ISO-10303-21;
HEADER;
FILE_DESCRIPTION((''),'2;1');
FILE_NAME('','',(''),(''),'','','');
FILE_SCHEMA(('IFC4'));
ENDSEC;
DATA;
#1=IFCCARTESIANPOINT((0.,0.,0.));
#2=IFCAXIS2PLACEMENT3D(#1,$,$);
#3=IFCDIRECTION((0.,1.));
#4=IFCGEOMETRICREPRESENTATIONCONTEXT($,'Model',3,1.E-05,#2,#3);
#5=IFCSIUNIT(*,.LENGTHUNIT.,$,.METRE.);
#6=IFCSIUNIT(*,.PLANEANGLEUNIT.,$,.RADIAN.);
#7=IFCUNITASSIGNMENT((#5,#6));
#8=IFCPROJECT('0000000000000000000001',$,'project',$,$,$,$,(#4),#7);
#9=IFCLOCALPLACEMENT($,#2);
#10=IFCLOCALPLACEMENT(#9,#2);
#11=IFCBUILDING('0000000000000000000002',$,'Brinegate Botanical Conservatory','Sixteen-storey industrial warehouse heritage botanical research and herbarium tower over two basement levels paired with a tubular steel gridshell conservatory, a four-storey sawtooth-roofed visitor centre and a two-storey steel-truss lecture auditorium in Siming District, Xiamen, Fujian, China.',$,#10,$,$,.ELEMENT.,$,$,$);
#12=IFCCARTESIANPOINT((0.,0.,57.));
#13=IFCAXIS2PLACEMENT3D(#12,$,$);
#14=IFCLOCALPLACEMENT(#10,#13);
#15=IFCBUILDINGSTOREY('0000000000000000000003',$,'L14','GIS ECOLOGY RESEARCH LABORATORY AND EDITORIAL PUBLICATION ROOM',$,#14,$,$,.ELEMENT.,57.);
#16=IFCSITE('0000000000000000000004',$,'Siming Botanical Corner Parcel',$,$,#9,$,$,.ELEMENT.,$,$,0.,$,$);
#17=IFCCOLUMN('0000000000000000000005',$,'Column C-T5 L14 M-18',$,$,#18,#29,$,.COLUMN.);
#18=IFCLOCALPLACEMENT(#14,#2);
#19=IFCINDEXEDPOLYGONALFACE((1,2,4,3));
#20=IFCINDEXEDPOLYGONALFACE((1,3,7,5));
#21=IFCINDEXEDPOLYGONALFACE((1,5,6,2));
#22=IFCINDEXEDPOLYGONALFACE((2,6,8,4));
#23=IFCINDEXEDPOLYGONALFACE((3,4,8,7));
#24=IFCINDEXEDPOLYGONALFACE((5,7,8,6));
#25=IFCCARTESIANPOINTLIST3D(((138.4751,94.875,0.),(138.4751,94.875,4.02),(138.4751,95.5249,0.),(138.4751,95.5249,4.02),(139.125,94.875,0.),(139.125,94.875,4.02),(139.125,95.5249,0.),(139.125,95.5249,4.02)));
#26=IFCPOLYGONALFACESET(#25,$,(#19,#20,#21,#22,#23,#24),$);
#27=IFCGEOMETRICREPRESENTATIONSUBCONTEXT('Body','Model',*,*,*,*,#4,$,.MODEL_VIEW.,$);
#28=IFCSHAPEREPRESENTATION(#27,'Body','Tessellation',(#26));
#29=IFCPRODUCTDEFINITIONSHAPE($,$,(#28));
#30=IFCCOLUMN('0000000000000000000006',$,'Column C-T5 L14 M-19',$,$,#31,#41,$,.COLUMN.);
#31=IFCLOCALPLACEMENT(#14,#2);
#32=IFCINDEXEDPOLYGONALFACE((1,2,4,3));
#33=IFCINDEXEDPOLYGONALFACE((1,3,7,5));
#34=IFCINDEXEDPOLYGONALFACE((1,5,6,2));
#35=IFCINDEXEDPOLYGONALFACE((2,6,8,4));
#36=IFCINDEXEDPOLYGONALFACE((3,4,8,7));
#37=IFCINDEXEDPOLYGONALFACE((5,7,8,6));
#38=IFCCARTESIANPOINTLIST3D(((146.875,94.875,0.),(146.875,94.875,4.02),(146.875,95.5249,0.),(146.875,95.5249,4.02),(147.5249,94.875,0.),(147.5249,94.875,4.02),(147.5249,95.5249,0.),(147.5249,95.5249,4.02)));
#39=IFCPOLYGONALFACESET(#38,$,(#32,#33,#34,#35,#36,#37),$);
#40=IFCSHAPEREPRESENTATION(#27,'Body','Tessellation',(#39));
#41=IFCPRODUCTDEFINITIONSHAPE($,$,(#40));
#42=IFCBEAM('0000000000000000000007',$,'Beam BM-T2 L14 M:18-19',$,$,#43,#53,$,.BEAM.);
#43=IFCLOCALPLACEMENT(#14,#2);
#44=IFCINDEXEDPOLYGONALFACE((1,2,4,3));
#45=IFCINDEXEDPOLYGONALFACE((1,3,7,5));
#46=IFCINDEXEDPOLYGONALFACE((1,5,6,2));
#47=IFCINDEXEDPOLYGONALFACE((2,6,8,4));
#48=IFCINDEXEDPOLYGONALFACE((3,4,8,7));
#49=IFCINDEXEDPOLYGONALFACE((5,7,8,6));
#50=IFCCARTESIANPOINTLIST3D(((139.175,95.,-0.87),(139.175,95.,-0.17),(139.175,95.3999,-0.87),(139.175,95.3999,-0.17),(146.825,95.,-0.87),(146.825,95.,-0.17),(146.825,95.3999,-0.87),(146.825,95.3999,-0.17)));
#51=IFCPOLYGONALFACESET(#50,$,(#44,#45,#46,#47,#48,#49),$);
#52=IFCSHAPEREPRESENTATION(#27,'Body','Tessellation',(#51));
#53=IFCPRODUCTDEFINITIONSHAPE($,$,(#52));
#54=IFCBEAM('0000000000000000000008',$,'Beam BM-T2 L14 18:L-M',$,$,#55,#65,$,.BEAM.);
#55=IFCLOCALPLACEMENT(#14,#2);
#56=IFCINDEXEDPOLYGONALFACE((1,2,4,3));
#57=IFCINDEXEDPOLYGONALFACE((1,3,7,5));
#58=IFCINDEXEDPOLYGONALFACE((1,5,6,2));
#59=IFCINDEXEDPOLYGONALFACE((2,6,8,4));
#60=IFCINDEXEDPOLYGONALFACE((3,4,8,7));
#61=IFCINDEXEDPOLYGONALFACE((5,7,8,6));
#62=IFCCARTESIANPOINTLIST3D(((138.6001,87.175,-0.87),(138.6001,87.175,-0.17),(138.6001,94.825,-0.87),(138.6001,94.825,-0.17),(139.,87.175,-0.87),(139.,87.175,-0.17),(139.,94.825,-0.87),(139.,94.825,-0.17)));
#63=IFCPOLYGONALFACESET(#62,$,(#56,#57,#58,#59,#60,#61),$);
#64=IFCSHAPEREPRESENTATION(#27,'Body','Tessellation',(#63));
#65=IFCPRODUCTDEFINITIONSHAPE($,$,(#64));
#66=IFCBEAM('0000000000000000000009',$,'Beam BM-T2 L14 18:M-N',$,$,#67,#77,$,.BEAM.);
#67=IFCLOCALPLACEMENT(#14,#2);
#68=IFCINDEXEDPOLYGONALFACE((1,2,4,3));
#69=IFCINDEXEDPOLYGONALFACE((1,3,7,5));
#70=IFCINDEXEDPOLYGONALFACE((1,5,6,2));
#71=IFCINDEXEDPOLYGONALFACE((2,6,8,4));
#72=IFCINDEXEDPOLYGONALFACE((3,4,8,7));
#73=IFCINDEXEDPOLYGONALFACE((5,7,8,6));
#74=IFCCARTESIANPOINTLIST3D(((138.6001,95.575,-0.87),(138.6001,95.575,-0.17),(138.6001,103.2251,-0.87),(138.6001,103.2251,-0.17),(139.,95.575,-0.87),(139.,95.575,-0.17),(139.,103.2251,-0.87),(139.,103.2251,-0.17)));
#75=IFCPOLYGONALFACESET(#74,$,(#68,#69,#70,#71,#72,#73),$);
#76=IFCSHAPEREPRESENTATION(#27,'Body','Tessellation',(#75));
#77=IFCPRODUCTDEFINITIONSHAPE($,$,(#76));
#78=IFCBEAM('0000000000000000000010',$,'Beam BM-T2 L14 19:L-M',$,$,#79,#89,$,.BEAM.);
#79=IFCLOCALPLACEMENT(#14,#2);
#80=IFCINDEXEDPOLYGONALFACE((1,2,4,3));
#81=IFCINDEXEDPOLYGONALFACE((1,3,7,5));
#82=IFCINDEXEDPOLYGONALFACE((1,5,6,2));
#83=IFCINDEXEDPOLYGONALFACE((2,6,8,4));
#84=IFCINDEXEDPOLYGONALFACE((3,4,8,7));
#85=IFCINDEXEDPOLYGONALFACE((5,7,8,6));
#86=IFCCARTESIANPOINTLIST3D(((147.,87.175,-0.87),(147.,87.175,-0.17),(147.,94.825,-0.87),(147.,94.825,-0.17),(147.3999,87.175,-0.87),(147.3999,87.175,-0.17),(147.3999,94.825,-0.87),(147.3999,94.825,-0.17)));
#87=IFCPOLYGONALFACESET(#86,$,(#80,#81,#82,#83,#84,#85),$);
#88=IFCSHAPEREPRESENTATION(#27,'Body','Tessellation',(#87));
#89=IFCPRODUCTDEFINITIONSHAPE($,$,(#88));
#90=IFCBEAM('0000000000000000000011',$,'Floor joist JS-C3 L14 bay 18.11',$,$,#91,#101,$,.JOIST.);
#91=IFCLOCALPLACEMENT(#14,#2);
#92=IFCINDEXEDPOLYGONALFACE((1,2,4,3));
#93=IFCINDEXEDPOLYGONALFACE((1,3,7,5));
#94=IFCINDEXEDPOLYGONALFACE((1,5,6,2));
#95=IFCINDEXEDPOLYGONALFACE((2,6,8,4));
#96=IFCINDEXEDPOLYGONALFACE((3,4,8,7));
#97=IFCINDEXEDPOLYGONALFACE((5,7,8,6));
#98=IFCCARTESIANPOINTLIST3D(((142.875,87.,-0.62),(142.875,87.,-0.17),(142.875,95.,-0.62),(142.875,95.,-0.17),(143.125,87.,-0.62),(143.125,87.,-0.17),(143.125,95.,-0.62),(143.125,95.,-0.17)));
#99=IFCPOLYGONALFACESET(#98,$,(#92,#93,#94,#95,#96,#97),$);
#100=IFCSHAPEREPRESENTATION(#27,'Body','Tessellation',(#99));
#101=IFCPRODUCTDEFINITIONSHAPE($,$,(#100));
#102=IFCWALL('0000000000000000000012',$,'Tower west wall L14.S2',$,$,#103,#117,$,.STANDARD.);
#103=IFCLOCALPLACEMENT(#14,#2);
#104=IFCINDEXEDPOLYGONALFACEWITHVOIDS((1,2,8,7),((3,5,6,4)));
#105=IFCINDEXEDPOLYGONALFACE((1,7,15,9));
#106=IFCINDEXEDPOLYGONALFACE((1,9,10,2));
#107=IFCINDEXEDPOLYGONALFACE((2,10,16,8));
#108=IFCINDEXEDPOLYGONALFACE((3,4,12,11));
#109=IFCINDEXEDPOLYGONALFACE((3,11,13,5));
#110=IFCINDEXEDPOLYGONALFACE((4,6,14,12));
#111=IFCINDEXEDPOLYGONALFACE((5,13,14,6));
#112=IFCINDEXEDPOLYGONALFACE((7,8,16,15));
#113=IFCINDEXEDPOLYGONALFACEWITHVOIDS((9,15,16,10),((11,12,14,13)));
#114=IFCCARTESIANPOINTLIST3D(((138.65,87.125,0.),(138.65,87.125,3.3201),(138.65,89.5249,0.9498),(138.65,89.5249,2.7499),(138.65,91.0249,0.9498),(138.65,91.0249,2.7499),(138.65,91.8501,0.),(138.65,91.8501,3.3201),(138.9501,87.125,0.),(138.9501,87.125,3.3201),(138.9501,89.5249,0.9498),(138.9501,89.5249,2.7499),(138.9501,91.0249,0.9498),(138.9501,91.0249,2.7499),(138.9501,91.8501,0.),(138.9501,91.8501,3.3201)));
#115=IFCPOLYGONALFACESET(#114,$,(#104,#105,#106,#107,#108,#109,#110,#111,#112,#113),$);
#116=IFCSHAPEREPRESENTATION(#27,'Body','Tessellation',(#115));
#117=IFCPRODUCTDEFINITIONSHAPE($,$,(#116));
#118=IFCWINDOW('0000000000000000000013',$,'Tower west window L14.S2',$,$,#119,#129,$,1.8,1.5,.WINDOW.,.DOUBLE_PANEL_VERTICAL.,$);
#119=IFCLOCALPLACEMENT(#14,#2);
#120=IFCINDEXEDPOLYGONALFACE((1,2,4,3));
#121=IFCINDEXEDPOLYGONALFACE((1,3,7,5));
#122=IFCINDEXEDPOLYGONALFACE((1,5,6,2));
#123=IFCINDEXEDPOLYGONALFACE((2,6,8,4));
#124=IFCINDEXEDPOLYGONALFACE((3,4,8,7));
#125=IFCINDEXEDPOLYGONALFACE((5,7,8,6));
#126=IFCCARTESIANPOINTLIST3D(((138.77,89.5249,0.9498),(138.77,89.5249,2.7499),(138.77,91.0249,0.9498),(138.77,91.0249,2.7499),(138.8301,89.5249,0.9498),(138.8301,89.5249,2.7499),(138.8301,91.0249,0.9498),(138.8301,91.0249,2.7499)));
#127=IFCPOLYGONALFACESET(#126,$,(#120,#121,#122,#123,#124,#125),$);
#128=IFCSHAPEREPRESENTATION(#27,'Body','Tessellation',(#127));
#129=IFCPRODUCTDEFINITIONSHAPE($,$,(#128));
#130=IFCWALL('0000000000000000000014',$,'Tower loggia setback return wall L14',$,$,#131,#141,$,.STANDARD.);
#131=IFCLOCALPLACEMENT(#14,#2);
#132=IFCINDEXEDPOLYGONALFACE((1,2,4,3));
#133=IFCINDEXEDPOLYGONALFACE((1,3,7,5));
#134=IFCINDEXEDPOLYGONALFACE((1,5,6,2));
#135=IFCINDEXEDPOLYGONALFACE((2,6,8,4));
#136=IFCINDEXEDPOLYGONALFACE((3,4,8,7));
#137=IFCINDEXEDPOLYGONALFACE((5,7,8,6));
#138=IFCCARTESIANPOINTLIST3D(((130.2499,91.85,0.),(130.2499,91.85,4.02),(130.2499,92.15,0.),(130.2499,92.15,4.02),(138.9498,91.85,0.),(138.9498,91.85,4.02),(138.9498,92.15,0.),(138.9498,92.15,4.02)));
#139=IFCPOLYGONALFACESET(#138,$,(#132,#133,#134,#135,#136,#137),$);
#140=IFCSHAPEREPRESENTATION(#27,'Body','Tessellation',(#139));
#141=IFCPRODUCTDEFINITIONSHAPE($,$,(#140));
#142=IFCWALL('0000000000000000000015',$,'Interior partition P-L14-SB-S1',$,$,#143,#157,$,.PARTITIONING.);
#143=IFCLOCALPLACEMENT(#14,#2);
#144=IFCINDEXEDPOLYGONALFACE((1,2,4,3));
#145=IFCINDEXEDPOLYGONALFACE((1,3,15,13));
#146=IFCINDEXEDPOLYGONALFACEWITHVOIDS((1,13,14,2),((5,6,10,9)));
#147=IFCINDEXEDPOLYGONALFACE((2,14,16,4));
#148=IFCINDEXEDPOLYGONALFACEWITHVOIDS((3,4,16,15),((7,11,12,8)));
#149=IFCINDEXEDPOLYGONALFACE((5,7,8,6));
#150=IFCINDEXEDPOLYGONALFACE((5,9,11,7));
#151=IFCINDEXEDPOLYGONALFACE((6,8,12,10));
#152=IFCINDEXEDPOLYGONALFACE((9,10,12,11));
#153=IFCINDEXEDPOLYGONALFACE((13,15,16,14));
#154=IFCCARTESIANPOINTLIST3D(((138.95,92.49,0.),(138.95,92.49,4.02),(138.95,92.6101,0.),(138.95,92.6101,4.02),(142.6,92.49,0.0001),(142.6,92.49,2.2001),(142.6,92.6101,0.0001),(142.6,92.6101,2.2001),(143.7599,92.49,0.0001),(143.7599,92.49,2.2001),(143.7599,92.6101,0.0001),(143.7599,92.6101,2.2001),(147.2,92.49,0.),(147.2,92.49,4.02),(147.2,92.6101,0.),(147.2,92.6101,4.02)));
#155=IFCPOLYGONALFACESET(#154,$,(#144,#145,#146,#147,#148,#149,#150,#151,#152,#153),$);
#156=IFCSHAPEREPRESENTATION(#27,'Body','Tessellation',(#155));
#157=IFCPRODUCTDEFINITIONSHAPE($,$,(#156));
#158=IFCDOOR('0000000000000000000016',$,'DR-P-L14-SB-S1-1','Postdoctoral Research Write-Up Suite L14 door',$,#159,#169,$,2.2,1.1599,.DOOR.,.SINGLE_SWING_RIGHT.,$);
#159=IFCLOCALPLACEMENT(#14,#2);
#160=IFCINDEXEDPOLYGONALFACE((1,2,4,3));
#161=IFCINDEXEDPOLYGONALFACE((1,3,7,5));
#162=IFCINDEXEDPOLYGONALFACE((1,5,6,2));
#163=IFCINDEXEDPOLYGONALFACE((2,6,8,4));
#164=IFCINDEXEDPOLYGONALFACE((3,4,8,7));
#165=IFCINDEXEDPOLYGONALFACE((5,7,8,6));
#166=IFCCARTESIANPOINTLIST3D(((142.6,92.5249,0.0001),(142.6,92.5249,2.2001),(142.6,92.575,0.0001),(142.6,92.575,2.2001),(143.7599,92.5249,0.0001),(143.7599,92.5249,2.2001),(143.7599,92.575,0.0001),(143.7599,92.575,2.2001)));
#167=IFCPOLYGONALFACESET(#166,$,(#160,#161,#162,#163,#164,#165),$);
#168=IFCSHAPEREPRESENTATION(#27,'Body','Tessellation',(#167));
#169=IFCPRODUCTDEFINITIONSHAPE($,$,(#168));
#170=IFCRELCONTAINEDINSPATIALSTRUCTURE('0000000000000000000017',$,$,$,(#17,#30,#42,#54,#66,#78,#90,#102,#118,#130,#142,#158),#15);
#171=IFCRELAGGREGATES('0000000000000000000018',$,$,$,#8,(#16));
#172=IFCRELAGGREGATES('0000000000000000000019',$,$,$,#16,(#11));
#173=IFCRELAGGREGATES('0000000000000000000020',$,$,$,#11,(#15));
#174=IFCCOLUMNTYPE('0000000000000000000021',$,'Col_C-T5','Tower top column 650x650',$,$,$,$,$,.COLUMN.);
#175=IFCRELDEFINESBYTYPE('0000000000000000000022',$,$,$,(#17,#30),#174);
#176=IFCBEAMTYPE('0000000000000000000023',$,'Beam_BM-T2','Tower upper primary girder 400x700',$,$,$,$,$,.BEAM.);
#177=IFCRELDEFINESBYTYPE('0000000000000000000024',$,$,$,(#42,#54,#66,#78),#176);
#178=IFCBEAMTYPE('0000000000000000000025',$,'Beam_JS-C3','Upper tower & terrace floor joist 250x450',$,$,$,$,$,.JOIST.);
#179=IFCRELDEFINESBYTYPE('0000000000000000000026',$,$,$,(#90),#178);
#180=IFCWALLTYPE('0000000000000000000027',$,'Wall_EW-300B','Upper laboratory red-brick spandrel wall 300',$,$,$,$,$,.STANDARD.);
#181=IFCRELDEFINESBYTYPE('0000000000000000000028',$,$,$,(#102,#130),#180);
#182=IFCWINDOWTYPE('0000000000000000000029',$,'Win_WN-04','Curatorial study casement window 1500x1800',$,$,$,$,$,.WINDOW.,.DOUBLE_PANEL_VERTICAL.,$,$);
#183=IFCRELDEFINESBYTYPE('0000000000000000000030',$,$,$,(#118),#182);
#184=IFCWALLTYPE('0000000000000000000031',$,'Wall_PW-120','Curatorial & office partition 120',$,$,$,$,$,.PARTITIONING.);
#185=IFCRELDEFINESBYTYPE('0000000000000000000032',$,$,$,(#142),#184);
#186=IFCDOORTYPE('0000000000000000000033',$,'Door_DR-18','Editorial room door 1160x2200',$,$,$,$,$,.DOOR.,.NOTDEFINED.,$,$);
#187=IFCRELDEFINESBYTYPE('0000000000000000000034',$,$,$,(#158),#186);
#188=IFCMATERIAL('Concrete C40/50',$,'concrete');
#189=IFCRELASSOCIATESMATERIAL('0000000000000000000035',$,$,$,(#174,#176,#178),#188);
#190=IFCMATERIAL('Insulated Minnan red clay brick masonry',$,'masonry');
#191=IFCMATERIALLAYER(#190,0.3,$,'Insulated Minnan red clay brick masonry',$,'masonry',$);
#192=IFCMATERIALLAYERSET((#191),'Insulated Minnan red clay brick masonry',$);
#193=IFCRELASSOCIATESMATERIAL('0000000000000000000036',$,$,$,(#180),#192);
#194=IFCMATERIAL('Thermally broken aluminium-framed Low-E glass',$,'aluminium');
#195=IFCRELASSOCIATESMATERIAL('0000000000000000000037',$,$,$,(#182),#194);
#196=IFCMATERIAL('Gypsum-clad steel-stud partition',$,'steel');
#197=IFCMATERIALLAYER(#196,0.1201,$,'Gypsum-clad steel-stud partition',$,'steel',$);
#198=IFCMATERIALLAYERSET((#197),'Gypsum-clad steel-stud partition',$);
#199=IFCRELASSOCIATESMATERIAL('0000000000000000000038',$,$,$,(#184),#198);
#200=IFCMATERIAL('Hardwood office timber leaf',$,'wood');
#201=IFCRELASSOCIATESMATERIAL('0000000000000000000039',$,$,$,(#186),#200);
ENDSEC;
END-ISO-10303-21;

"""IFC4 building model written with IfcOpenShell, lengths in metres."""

from ifc_helpers import new_model, si_unit, direction, frame, frame_2d, origin, origin_2d, place, context, subcontext, project, spatial, rectangle, extrude, material, layer, layer_set, material_profile, profile_set, type_object, element, fill, save


model = new_model("IFC4")

# Units and contexts
model_context = context("Model", 3, precision=1e-05, world=origin(), true_north=direction((0.0, 1.0)))
body_context = subcontext(model_context, "Body", "Model", "MODEL_VIEW")
ifc_project = project(units=[si_unit("LENGTHUNIT", "METRE"), si_unit("PLANEANGLEUNIT", "RADIAN")], contexts=[model_context])

# Site, building, storey
site_placement = place(None, origin())
site = spatial("IfcSite", under=ifc_project, at=site_placement, Name="Siming Botanical Corner Parcel", CompositionType="ELEMENT", RefElevation=0.0)
building_placement = place(site_placement, origin())
building = spatial("IfcBuilding", under=site, at=building_placement, Name="Brinegate Botanical Conservatory", Description="Sixteen-storey industrial warehouse heritage botanical research and herbarium tower over two basement levels paired with a tubular steel gridshell conservatory, a four-storey sawtooth-roofed visitor centre and a two-storey steel-truss lecture auditorium in Siming District, Xiamen, Fujian, China.", CompositionType="ELEMENT")
storey_placement = place(building_placement, frame((0.0, 0.0, 57.0)))
storey = spatial("IfcBuildingStorey", under=building, at=storey_placement, Name="L14", Description="GIS ECOLOGY RESEARCH LABORATORY AND EDITORIAL PUBLICATION ROOM", CompositionType="ELEMENT", Elevation=57.0)

# Columns
ifc_material_1 = material(Name="Concrete C40/50", Category="concrete")
ifc_material_profile_1 = material_profile(ifc_material_1, rectangle(XDim=0.6499, YDim=0.6499, at=origin_2d()), Name="RC COL 650x650")
ifc_profile_set_1 = profile_set([ifc_material_profile_1], Name="Concrete C40/50")
column_type = type_object("IfcColumnType", Name="Col_C-T5", Description="Tower top column 650x650", PredefinedType="COLUMN", material=ifc_profile_set_1)
for number, where, z_axis, x_axis, name in (
    (1, (138.8, 95.2, 0.0), (0.0, 0.0, 1.0), (1.0, 0.0, 0.0), "Column C-T5 L14 M-18"),
    (2, (147.2, 95.2, 0.0), (0.0, 0.0, 1.0), (1.0, 0.0, 0.0), "Column C-T5 L14 M-19"),
):
    element("IfcColumn", number, at=place(storey_placement, frame(where, z_axis=z_axis, x_axis=x_axis)), inside=storey, type_object=column_type, Name=name, PredefinedType="COLUMN", context=body_context, shape_type="SweptSolid", body=[
        extrude(rectangle(XDim=0.6499, YDim=0.6499, at=origin_2d()), origin(), (0.0, 0.0, 1.0), 4.02),
    ])

# Beams
ifc_material_profile_2 = material_profile(ifc_material_1, rectangle(XDim=0.3999, YDim=0.7, at=origin_2d()), Name="RC BM 400x700")
ifc_profile_set_2 = profile_set([ifc_material_profile_2], Name="Concrete C40/50")
beam_type_1 = type_object("IfcBeamType", Name="Beam_BM-T2", Description="Tower upper primary girder 400x700", PredefinedType="BEAM", material=ifc_profile_set_2)
for number, where, z_axis, x_axis, name in (
    (3, (139.175, 95.2, -0.52), (1.0, 0.0, 0.0), (0.0, 1.0, 0.0), "Beam BM-T2 L14 M:18-19"),
    (4, (138.8, 87.175, -0.52), (0.0, 1.0, 0.0), (-1.0, 0.0, 0.0), "Beam BM-T2 L14 18:L-M"),
):
    element("IfcBeam", number, at=place(storey_placement, frame(where, z_axis=z_axis, x_axis=x_axis)), inside=storey, type_object=beam_type_1, Name=name, PredefinedType="BEAM", context=body_context, shape_type="SweptSolid", body=[
        extrude(rectangle(XDim=0.3999, YDim=0.7, at=origin_2d()), origin(), (0.0, 0.0, 1.0), 7.6499),
    ])
beam_1_placement = place(storey_placement, frame((138.8, 95.575, -0.52), z_axis=(0.0, 1.0, 0.0), x_axis=(-1.0, 0.0, 0.0)))
element("IfcBeam", 5, at=beam_1_placement, inside=storey, type_object=beam_type_1, Name="Beam BM-T2 L14 18:M-N", PredefinedType="BEAM", context=body_context, shape_type="SweptSolid", body=[
    extrude(rectangle(XDim=0.3999, YDim=0.7, at=origin_2d()), origin(), (0.0, 0.0, 1.0), 7.6501),
])
beam_2_placement = place(storey_placement, frame((147.2, 87.175, -0.52), z_axis=(0.0, 1.0, 0.0), x_axis=(-1.0, 0.0, 0.0)))
element("IfcBeam", 6, at=beam_2_placement, inside=storey, type_object=beam_type_1, Name="Beam BM-T2 L14 19:L-M", PredefinedType="BEAM", context=body_context, shape_type="SweptSolid", body=[
    extrude(rectangle(XDim=0.3999, YDim=0.7, at=origin_2d()), origin(), (0.0, 0.0, 1.0), 7.6499),
])
ifc_material_profile_3 = material_profile(ifc_material_1, rectangle(XDim=0.25, YDim=0.45, at=origin_2d()), Name="RC JST 250x450")
ifc_profile_set_3 = profile_set([ifc_material_profile_3], Name="Concrete C40/50")
beam_type_2 = type_object("IfcBeamType", Name="Beam_JS-C3", Description="Upper tower & terrace floor joist 250x450", PredefinedType="JOIST", material=ifc_profile_set_3)
beam_3_placement = place(storey_placement, frame((143.0, 87.0, -0.395), z_axis=(0.0, 1.0, 0.0), x_axis=(-1.0, 0.0, 0.0)))
element("IfcBeam", 7, at=beam_3_placement, inside=storey, type_object=beam_type_2, Name="Floor joist JS-C3 L14 bay 18.11", PredefinedType="JOIST", context=body_context, shape_type="SweptSolid", body=[
    extrude(rectangle(XDim=0.25, YDim=0.45, at=origin_2d()), origin(), (0.0, 0.0, 1.0), 8.0),
])

# Wall, opening, window
ifc_material_2 = material(Name="Insulated Minnan red clay brick masonry", Category="masonry")
ifc_layer_1 = layer(ifc_material_2, 0.3, Name="Insulated Minnan red clay brick masonry", Category="masonry")
ifc_layer_set_1 = layer_set([ifc_layer_1], Name="Insulated Minnan red clay brick masonry")
wall_type_1 = type_object("IfcWallType", Name="Wall_EW-300B", Description="Upper laboratory red-brick spandrel wall 300", PredefinedType="STANDARD", material=ifc_layer_set_1)
wall_1_placement = place(storey_placement, frame((138.8, 87.125, 0.0), z_axis=(0.0, 0.0, 1.0), x_axis=(0.0, 1.0, 0.0)))
wall_1 = element("IfcWall", 8, at=wall_1_placement, inside=storey, type_object=wall_type_1, Name="Tower west wall L14.S2", PredefinedType="STANDARD", context=body_context, shape_type="SweptSolid", body=[
    extrude(rectangle(XDim=4.7251, YDim=0.3, at=frame_2d((2.3625, 0.0))), origin(), (0.0, 0.0, 1.0), 3.3201),
])
opening_1_placement = place(wall_1_placement, frame((2.3999, 0.0, 0.95)))
opening_1 = element("IfcOpeningElement", 9, at=opening_1_placement, cuts=wall_1, PredefinedType="OPENING", context=body_context, shape_type="SweptSolid", body=[
    extrude(rectangle(XDim=1.5, YDim=1.8, at=frame_2d((0.75, 0.8999))), frame((0.0, 0.1599, 0.0), z_axis=(0.0, -1.0, 0.0), x_axis=(1.0, 0.0, 0.0)), (0.0, 0.0, 1.0), 0.3201),
])
ifc_material_3 = material(Name="Thermally broken aluminium-framed Low-E glass", Category="aluminium")
window_type = type_object("IfcWindowType", Name="Win_WN-04", Description="Curatorial study casement window 1500x1800", PartitioningType="DOUBLE_PANEL_VERTICAL", PredefinedType="WINDOW", material=ifc_material_3)
window_placement = place(opening_1_placement, origin())
window = element("IfcWindow", 10, at=window_placement, inside=storey, type_object=window_type, Name="Tower west window L14.S2", OverallHeight=1.8, OverallWidth=1.5, PartitioningType="DOUBLE_PANEL_VERTICAL", PredefinedType="WINDOW", context=body_context, shape_type="SweptSolid", body=[
    extrude(rectangle(XDim=1.5, YDim=1.8, at=frame_2d((0.75, 0.8999))), frame((0.0, 0.03, 0.0), z_axis=(0.0, -1.0, 0.0), x_axis=(1.0, 0.0, 0.0)), (0.0, 0.0, 1.0), 0.0601),
])
fill(opening_1, window)

# Wall
wall_2_placement = place(storey_placement, frame((138.95, 92.0, 0.0), z_axis=(0.0, 0.0, 1.0), x_axis=(-1.0, 0.0, 0.0)))
element("IfcWall", 11, at=wall_2_placement, inside=storey, type_object=wall_type_1, Name="Tower loggia setback return wall L14", PredefinedType="STANDARD", context=body_context, shape_type="SweptSolid", body=[
    extrude(rectangle(XDim=8.7, YDim=0.3, at=frame_2d((4.3501, 0.0))), origin(), (0.0, 0.0, 1.0), 4.02),
])

# Wall, opening, door
ifc_material_4 = material(Name="Gypsum-clad steel-stud partition", Category="steel")
ifc_layer_2 = layer(ifc_material_4, 0.1201, Name="Gypsum-clad steel-stud partition", Category="steel")
ifc_layer_set_2 = layer_set([ifc_layer_2], Name="Gypsum-clad steel-stud partition")
wall_type_2 = type_object("IfcWallType", Name="Wall_PW-120", Description="Curatorial & office partition 120", PredefinedType="PARTITIONING", material=ifc_layer_set_2)
wall_3_placement = place(storey_placement, frame((138.95, 92.55, 0.0), z_axis=(0.0, 0.0, 1.0), x_axis=(1.0, 0.0, 0.0)))
wall_3 = element("IfcWall", 12, at=wall_3_placement, inside=storey, type_object=wall_type_2, Name="Interior partition P-L14-SB-S1", PredefinedType="PARTITIONING", context=body_context, shape_type="SweptSolid", body=[
    extrude(rectangle(XDim=8.25, YDim=0.1201, at=frame_2d((4.125, 0.0))), origin(), (0.0, 0.0, 1.0), 4.02),
])
opening_2_placement = place(wall_3_placement, frame((3.6499, 0.0, 0.0)))
opening_2 = element("IfcOpeningElement", 13, at=opening_2_placement, cuts=wall_3, PredefinedType="OPENING", context=body_context, shape_type="SweptSolid", body=[
    extrude(rectangle(XDim=1.1599, YDim=2.2, at=frame_2d((0.5801, 1.1001))), frame((0.0, 0.0701, 0.0), z_axis=(0.0, -1.0, 0.0), x_axis=(1.0, 0.0, 0.0)), (0.0, 0.0, 1.0), 0.1401),
])
ifc_material_5 = material(Name="Hardwood office timber leaf", Category="wood")
door_type_1 = type_object("IfcDoorType", Name="Door_DR-18", Description="Editorial room door 1160x2200", OperationType="NOTDEFINED", PredefinedType="DOOR", material=ifc_material_5)
door_1_placement = place(opening_2_placement, origin())
door_1 = element("IfcDoor", 14, at=door_1_placement, inside=storey, type_object=door_type_1, Name="DR-P-L14-SB-S1-1", Description="Postdoctoral Research Write-Up Suite L14 door", OperationType="SINGLE_SWING_RIGHT", OverallHeight=2.2, OverallWidth=1.1599, PredefinedType="DOOR", context=body_context, shape_type="SweptSolid", body=[
    extrude(rectangle(XDim=1.1599, YDim=2.2, at=frame_2d((0.5801, 1.1001))), frame((0.0, 0.0249, 0.0), z_axis=(0.0, -1.0, 0.0), x_axis=(1.0, 0.0, 0.0)), (0.0, 0.0, 1.0), 0.05),
])
fill(opening_2, door_1)

save(model, "model.ifc")
